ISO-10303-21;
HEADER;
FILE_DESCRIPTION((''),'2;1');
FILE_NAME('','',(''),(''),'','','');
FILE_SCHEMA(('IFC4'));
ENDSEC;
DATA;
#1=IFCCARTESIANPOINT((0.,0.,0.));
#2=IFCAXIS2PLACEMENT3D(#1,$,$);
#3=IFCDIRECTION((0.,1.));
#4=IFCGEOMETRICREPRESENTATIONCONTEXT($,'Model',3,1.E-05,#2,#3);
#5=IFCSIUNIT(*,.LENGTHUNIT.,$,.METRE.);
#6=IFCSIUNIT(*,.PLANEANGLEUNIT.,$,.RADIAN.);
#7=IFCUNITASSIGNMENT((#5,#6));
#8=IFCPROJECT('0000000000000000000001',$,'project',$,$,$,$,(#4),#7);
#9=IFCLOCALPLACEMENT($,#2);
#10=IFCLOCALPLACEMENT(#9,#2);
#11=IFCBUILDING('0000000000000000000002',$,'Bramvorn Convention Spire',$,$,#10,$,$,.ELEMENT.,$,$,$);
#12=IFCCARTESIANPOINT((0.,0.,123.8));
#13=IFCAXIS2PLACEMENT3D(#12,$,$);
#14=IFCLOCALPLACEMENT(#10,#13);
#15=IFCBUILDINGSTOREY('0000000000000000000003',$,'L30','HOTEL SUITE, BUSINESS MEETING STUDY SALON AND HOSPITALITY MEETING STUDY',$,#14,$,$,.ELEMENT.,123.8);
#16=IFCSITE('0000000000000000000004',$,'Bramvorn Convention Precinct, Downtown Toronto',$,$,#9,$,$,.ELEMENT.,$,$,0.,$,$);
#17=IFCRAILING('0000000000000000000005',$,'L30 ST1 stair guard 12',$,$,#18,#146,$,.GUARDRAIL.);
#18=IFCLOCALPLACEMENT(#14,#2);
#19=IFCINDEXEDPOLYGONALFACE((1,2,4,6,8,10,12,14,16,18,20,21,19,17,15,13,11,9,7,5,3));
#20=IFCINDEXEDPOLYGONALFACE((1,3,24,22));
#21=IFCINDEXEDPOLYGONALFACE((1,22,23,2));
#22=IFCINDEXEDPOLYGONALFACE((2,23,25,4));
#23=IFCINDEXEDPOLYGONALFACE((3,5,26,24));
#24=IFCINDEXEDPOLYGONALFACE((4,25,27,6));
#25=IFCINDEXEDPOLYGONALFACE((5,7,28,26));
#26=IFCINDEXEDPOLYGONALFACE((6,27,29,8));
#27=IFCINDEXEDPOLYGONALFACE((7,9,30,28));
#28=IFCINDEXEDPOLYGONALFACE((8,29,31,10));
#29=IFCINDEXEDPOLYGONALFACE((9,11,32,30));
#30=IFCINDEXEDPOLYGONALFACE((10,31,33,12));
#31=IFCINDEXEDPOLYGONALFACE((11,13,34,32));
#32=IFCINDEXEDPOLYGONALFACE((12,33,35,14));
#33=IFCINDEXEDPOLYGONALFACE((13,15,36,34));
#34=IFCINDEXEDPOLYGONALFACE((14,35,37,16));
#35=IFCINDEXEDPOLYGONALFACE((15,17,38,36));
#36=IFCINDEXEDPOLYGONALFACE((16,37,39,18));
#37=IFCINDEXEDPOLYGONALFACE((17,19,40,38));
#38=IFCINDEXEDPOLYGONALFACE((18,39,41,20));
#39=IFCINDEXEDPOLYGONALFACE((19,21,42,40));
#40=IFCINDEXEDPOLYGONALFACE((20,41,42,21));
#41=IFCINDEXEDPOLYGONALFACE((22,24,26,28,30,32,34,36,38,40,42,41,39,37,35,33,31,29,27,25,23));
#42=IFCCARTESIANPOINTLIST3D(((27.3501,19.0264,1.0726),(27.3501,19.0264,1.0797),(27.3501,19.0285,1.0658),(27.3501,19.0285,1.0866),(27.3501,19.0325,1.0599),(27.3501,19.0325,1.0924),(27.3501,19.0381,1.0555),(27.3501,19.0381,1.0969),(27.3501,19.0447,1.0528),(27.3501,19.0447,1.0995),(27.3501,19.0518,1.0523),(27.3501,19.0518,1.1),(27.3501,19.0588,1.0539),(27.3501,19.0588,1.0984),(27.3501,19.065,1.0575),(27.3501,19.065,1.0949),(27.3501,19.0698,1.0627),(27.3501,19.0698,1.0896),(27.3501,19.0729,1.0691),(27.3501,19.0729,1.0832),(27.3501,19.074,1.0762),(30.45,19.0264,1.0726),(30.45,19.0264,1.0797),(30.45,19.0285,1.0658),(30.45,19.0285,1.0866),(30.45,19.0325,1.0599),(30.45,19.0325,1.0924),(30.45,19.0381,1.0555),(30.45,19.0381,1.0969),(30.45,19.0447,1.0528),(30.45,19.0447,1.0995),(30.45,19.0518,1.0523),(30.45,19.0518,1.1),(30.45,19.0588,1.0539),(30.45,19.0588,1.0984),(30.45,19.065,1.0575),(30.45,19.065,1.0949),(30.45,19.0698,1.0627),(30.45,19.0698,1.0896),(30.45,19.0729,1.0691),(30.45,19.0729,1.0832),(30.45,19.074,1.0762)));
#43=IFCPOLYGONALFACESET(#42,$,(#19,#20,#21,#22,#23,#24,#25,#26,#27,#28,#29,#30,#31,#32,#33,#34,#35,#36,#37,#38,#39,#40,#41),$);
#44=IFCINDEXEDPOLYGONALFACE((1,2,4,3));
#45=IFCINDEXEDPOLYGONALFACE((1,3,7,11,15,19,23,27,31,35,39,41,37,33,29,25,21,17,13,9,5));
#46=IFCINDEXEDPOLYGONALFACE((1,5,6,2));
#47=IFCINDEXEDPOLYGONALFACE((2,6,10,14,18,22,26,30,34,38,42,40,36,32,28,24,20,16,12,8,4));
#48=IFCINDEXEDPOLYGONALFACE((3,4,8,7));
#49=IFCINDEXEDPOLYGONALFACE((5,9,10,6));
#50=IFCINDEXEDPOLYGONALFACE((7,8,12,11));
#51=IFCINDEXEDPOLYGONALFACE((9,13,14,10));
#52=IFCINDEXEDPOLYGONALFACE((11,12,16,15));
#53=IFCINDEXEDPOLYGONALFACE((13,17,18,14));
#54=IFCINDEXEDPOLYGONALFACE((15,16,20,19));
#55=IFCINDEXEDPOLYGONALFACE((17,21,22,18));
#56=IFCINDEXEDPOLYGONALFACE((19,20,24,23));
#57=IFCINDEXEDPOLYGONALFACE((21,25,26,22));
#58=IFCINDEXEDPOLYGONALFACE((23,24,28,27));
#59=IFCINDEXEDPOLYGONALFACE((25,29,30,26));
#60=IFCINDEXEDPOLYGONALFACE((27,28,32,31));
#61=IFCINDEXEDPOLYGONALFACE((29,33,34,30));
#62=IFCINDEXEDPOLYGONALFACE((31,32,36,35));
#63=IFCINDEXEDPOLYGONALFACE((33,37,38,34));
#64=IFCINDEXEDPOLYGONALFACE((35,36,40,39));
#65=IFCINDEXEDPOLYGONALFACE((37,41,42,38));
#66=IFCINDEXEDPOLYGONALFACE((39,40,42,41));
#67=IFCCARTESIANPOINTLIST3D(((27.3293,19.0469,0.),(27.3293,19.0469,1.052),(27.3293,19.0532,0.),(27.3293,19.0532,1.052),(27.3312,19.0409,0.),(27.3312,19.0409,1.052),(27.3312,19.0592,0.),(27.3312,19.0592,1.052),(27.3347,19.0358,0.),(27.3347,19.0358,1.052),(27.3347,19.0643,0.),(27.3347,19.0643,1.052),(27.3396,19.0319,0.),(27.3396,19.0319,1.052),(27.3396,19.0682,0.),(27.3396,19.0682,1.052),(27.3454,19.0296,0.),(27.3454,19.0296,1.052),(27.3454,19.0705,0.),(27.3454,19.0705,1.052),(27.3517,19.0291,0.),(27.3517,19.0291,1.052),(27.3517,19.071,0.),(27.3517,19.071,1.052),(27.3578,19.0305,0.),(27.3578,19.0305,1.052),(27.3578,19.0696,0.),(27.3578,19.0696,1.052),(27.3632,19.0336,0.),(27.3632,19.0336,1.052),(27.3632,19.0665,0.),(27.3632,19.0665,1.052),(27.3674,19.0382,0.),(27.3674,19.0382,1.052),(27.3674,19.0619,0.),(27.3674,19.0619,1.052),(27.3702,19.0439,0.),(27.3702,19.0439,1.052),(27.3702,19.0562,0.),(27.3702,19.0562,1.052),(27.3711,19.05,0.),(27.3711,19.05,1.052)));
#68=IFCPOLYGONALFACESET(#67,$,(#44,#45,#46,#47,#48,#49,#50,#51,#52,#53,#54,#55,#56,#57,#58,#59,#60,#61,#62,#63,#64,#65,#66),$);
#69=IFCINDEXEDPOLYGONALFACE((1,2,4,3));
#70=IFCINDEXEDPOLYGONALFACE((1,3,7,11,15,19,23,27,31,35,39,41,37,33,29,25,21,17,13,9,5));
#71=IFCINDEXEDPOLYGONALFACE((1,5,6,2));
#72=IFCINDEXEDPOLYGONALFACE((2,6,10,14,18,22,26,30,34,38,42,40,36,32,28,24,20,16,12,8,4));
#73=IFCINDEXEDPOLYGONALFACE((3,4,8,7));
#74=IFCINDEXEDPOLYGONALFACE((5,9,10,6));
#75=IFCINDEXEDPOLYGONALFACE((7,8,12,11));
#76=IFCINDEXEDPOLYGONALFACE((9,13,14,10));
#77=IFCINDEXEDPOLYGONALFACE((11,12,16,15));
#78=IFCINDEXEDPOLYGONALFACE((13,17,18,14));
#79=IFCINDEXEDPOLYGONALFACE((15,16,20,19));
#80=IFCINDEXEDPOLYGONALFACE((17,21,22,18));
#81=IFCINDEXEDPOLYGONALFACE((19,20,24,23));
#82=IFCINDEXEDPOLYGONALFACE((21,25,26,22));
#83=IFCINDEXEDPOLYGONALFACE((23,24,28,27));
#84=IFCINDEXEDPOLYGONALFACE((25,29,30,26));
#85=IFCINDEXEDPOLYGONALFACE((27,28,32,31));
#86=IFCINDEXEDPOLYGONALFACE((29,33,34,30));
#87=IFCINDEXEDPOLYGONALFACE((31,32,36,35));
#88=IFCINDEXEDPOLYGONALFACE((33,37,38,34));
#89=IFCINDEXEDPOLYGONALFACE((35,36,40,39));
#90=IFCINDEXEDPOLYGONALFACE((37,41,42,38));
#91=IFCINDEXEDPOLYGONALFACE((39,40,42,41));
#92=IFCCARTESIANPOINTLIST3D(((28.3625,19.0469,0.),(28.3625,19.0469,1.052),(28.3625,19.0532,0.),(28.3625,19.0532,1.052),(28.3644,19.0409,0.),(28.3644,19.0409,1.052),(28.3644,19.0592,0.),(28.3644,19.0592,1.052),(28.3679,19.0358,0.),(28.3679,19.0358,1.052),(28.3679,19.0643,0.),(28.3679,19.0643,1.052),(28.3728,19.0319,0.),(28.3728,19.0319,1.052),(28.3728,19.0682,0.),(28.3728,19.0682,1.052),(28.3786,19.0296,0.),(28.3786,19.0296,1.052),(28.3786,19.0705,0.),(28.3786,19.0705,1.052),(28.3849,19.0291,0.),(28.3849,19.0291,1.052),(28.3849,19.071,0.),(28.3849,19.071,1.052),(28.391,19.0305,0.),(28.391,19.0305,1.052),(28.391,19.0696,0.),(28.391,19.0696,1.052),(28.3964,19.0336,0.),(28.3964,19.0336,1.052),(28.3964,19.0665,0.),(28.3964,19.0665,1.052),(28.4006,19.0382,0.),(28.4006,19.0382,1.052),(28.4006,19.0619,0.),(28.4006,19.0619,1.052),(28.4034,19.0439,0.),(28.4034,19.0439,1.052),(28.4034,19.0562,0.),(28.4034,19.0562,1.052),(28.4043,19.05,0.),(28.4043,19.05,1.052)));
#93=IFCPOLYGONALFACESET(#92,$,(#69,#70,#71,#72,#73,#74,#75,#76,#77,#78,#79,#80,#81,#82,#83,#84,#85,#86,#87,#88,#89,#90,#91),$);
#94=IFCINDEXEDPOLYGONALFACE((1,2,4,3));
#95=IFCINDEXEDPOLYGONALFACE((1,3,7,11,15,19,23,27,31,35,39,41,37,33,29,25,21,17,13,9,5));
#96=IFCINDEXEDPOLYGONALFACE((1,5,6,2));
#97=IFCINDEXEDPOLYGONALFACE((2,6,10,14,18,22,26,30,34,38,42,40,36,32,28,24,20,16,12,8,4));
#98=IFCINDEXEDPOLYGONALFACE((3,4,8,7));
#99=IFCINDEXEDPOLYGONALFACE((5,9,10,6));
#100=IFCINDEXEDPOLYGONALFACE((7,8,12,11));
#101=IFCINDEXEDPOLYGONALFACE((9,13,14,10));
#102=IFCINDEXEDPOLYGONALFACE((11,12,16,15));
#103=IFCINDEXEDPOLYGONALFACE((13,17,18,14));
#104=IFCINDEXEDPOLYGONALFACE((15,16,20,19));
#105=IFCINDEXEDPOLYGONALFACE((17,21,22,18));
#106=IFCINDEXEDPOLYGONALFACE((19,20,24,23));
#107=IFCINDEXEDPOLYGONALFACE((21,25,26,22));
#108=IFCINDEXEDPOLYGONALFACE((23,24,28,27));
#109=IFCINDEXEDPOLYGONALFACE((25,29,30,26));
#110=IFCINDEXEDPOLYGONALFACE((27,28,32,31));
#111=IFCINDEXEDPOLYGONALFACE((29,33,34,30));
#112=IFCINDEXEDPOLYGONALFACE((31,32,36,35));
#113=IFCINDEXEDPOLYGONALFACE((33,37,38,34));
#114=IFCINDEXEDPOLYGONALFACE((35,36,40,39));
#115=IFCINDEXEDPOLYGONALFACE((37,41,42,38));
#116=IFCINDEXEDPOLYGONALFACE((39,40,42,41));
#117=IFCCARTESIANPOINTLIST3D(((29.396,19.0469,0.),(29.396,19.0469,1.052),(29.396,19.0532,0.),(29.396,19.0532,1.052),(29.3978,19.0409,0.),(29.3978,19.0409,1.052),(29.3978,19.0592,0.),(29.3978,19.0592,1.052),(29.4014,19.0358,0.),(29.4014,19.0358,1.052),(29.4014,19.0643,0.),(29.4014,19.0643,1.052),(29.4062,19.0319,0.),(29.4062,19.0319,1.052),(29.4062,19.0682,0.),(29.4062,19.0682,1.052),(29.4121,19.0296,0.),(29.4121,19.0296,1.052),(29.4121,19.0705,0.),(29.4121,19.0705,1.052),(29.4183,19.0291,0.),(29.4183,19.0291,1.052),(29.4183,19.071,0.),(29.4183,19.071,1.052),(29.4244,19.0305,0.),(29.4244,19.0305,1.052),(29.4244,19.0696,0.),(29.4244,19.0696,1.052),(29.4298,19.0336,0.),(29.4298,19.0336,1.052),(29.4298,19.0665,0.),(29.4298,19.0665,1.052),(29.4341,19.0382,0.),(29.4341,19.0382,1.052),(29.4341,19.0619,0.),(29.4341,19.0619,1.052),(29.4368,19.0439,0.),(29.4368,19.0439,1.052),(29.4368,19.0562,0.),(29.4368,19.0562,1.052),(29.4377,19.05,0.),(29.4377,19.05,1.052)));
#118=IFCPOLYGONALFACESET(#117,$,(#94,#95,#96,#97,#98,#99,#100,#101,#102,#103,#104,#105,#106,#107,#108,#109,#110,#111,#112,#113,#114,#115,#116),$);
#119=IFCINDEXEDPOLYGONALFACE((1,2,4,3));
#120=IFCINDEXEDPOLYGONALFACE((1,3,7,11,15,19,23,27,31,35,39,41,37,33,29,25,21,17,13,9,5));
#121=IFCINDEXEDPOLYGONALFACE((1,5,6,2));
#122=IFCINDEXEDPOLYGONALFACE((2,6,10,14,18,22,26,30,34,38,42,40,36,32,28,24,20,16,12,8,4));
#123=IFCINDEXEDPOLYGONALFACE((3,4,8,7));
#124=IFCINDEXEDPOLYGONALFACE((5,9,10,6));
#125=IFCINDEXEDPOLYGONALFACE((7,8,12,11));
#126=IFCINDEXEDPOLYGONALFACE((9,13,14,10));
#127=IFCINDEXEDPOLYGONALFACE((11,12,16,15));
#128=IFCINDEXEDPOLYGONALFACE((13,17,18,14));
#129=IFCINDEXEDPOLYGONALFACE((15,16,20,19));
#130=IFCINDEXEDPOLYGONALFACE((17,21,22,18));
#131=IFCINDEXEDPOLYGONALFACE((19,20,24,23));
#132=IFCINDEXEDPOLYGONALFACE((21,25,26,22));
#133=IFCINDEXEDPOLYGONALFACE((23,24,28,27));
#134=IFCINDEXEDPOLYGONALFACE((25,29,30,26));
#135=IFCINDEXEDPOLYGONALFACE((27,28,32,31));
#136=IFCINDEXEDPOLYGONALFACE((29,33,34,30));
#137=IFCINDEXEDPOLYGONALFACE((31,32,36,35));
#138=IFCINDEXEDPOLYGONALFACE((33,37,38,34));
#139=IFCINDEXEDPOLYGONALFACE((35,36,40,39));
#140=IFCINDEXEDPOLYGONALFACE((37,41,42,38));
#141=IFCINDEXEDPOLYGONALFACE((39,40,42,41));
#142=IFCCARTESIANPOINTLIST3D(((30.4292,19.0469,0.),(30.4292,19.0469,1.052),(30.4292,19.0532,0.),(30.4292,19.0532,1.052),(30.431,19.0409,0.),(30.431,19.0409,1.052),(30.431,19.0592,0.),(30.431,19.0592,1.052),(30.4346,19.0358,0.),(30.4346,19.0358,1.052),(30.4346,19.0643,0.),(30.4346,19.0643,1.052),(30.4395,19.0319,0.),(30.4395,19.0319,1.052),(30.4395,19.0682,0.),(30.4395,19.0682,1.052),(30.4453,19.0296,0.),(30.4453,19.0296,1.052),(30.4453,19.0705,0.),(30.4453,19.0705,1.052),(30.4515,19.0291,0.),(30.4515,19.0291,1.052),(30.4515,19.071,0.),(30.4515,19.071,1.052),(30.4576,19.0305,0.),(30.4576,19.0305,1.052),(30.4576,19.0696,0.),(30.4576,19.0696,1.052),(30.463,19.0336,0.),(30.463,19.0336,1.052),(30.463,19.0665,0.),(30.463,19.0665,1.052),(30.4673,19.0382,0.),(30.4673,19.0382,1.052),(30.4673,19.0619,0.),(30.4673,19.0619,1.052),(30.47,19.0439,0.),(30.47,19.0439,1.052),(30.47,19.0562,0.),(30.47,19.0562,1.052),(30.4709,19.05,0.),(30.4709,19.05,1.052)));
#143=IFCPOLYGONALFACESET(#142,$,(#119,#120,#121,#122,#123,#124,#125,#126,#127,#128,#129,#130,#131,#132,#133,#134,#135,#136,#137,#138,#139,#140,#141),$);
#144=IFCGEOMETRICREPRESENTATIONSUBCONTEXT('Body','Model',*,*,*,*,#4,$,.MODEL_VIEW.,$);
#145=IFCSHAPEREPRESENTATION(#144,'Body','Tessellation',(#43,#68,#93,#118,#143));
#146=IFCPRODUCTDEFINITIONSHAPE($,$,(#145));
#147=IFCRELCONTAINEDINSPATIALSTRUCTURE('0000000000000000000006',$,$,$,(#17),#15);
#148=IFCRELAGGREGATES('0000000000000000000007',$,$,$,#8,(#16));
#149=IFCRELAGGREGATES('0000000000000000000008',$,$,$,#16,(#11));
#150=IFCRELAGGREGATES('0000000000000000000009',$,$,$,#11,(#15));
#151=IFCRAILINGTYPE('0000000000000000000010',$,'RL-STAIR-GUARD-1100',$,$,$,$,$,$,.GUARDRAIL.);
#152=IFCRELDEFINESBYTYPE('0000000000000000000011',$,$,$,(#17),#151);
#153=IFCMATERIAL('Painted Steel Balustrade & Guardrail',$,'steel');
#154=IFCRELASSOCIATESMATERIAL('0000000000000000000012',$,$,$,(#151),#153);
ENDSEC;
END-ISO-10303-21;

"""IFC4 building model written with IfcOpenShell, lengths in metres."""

from ifc_helpers import new_model, si_unit, direction, frame, origin, origin_2d, place, context, subcontext, project, spatial, circle, extrude, material, type_object, element, save


model = new_model("IFC4")

# Units and contexts
model_context = context("Model", 3, precision=1e-05, world=origin(), true_north=direction((0.0, 1.0)))
body_context = subcontext(model_context, "Body", "Model", "MODEL_VIEW")
ifc_project = project(units=[si_unit("LENGTHUNIT", "METRE"), si_unit("PLANEANGLEUNIT", "RADIAN")], contexts=[model_context])

# Site, building, storey
site_placement = place(None, origin())
site = spatial("IfcSite", under=ifc_project, at=site_placement, Name="Bramvorn Convention Precinct, Downtown Toronto", CompositionType="ELEMENT", RefElevation=0.0)
building_placement = place(site_placement, origin())
building = spatial("IfcBuilding", under=site, at=building_placement, Name="Bramvorn Convention Spire", CompositionType="ELEMENT")
storey_placement = place(building_placement, frame((0.0, 0.0, 123.8)))
storey = spatial("IfcBuildingStorey", under=building, at=storey_placement, Name="L30", Description="HOTEL SUITE, BUSINESS MEETING STUDY SALON AND HOSPITALITY MEETING STUDY", CompositionType="ELEMENT", Elevation=123.8)

# Railing
ifc_material_1 = material(Name="Painted Steel Balustrade & Guardrail", Category="steel")
railing_type_1 = type_object("IfcRailingType", Name="RL-STAIR-GUARD-1100", PredefinedType="GUARDRAIL", material=ifc_material_1)
railing_1_placement = place(storey_placement, frame((27.3501, 19.05, 0.0)))
element("IfcRailing", 1, at=railing_1_placement, inside=storey, type_object=railing_type_1, Name="L30 ST1 stair guard 12", PredefinedType="GUARDRAIL", context=body_context, shape_type="SweptSolid", body=[
    extrude(circle(Radius=0.0239, at=origin_2d()), frame((0.0, 0.0, 1.0762), z_axis=(1.0, 0.0, 0.0), x_axis=(0.0, 1.0, 0.0)), (0.0, 0.0, 1.0), 3.0999),
    extrude(circle(Radius=0.021, at=origin_2d()), origin(), (0.0, 0.0, 1.0), 1.052),
    extrude(circle(Radius=0.021, at=origin_2d()), frame((1.0332, 0.0, 0.0)), (0.0, 0.0, 1.0), 1.052),
    extrude(circle(Radius=0.021, at=origin_2d()), frame((2.0667, 0.0, 0.0)), (0.0, 0.0, 1.0), 1.052),
    extrude(circle(Radius=0.021, at=origin_2d()), frame((3.0999, 0.0, 0.0)), (0.0, 0.0, 1.0), 1.052),
])

save(model, "model.ifc")
